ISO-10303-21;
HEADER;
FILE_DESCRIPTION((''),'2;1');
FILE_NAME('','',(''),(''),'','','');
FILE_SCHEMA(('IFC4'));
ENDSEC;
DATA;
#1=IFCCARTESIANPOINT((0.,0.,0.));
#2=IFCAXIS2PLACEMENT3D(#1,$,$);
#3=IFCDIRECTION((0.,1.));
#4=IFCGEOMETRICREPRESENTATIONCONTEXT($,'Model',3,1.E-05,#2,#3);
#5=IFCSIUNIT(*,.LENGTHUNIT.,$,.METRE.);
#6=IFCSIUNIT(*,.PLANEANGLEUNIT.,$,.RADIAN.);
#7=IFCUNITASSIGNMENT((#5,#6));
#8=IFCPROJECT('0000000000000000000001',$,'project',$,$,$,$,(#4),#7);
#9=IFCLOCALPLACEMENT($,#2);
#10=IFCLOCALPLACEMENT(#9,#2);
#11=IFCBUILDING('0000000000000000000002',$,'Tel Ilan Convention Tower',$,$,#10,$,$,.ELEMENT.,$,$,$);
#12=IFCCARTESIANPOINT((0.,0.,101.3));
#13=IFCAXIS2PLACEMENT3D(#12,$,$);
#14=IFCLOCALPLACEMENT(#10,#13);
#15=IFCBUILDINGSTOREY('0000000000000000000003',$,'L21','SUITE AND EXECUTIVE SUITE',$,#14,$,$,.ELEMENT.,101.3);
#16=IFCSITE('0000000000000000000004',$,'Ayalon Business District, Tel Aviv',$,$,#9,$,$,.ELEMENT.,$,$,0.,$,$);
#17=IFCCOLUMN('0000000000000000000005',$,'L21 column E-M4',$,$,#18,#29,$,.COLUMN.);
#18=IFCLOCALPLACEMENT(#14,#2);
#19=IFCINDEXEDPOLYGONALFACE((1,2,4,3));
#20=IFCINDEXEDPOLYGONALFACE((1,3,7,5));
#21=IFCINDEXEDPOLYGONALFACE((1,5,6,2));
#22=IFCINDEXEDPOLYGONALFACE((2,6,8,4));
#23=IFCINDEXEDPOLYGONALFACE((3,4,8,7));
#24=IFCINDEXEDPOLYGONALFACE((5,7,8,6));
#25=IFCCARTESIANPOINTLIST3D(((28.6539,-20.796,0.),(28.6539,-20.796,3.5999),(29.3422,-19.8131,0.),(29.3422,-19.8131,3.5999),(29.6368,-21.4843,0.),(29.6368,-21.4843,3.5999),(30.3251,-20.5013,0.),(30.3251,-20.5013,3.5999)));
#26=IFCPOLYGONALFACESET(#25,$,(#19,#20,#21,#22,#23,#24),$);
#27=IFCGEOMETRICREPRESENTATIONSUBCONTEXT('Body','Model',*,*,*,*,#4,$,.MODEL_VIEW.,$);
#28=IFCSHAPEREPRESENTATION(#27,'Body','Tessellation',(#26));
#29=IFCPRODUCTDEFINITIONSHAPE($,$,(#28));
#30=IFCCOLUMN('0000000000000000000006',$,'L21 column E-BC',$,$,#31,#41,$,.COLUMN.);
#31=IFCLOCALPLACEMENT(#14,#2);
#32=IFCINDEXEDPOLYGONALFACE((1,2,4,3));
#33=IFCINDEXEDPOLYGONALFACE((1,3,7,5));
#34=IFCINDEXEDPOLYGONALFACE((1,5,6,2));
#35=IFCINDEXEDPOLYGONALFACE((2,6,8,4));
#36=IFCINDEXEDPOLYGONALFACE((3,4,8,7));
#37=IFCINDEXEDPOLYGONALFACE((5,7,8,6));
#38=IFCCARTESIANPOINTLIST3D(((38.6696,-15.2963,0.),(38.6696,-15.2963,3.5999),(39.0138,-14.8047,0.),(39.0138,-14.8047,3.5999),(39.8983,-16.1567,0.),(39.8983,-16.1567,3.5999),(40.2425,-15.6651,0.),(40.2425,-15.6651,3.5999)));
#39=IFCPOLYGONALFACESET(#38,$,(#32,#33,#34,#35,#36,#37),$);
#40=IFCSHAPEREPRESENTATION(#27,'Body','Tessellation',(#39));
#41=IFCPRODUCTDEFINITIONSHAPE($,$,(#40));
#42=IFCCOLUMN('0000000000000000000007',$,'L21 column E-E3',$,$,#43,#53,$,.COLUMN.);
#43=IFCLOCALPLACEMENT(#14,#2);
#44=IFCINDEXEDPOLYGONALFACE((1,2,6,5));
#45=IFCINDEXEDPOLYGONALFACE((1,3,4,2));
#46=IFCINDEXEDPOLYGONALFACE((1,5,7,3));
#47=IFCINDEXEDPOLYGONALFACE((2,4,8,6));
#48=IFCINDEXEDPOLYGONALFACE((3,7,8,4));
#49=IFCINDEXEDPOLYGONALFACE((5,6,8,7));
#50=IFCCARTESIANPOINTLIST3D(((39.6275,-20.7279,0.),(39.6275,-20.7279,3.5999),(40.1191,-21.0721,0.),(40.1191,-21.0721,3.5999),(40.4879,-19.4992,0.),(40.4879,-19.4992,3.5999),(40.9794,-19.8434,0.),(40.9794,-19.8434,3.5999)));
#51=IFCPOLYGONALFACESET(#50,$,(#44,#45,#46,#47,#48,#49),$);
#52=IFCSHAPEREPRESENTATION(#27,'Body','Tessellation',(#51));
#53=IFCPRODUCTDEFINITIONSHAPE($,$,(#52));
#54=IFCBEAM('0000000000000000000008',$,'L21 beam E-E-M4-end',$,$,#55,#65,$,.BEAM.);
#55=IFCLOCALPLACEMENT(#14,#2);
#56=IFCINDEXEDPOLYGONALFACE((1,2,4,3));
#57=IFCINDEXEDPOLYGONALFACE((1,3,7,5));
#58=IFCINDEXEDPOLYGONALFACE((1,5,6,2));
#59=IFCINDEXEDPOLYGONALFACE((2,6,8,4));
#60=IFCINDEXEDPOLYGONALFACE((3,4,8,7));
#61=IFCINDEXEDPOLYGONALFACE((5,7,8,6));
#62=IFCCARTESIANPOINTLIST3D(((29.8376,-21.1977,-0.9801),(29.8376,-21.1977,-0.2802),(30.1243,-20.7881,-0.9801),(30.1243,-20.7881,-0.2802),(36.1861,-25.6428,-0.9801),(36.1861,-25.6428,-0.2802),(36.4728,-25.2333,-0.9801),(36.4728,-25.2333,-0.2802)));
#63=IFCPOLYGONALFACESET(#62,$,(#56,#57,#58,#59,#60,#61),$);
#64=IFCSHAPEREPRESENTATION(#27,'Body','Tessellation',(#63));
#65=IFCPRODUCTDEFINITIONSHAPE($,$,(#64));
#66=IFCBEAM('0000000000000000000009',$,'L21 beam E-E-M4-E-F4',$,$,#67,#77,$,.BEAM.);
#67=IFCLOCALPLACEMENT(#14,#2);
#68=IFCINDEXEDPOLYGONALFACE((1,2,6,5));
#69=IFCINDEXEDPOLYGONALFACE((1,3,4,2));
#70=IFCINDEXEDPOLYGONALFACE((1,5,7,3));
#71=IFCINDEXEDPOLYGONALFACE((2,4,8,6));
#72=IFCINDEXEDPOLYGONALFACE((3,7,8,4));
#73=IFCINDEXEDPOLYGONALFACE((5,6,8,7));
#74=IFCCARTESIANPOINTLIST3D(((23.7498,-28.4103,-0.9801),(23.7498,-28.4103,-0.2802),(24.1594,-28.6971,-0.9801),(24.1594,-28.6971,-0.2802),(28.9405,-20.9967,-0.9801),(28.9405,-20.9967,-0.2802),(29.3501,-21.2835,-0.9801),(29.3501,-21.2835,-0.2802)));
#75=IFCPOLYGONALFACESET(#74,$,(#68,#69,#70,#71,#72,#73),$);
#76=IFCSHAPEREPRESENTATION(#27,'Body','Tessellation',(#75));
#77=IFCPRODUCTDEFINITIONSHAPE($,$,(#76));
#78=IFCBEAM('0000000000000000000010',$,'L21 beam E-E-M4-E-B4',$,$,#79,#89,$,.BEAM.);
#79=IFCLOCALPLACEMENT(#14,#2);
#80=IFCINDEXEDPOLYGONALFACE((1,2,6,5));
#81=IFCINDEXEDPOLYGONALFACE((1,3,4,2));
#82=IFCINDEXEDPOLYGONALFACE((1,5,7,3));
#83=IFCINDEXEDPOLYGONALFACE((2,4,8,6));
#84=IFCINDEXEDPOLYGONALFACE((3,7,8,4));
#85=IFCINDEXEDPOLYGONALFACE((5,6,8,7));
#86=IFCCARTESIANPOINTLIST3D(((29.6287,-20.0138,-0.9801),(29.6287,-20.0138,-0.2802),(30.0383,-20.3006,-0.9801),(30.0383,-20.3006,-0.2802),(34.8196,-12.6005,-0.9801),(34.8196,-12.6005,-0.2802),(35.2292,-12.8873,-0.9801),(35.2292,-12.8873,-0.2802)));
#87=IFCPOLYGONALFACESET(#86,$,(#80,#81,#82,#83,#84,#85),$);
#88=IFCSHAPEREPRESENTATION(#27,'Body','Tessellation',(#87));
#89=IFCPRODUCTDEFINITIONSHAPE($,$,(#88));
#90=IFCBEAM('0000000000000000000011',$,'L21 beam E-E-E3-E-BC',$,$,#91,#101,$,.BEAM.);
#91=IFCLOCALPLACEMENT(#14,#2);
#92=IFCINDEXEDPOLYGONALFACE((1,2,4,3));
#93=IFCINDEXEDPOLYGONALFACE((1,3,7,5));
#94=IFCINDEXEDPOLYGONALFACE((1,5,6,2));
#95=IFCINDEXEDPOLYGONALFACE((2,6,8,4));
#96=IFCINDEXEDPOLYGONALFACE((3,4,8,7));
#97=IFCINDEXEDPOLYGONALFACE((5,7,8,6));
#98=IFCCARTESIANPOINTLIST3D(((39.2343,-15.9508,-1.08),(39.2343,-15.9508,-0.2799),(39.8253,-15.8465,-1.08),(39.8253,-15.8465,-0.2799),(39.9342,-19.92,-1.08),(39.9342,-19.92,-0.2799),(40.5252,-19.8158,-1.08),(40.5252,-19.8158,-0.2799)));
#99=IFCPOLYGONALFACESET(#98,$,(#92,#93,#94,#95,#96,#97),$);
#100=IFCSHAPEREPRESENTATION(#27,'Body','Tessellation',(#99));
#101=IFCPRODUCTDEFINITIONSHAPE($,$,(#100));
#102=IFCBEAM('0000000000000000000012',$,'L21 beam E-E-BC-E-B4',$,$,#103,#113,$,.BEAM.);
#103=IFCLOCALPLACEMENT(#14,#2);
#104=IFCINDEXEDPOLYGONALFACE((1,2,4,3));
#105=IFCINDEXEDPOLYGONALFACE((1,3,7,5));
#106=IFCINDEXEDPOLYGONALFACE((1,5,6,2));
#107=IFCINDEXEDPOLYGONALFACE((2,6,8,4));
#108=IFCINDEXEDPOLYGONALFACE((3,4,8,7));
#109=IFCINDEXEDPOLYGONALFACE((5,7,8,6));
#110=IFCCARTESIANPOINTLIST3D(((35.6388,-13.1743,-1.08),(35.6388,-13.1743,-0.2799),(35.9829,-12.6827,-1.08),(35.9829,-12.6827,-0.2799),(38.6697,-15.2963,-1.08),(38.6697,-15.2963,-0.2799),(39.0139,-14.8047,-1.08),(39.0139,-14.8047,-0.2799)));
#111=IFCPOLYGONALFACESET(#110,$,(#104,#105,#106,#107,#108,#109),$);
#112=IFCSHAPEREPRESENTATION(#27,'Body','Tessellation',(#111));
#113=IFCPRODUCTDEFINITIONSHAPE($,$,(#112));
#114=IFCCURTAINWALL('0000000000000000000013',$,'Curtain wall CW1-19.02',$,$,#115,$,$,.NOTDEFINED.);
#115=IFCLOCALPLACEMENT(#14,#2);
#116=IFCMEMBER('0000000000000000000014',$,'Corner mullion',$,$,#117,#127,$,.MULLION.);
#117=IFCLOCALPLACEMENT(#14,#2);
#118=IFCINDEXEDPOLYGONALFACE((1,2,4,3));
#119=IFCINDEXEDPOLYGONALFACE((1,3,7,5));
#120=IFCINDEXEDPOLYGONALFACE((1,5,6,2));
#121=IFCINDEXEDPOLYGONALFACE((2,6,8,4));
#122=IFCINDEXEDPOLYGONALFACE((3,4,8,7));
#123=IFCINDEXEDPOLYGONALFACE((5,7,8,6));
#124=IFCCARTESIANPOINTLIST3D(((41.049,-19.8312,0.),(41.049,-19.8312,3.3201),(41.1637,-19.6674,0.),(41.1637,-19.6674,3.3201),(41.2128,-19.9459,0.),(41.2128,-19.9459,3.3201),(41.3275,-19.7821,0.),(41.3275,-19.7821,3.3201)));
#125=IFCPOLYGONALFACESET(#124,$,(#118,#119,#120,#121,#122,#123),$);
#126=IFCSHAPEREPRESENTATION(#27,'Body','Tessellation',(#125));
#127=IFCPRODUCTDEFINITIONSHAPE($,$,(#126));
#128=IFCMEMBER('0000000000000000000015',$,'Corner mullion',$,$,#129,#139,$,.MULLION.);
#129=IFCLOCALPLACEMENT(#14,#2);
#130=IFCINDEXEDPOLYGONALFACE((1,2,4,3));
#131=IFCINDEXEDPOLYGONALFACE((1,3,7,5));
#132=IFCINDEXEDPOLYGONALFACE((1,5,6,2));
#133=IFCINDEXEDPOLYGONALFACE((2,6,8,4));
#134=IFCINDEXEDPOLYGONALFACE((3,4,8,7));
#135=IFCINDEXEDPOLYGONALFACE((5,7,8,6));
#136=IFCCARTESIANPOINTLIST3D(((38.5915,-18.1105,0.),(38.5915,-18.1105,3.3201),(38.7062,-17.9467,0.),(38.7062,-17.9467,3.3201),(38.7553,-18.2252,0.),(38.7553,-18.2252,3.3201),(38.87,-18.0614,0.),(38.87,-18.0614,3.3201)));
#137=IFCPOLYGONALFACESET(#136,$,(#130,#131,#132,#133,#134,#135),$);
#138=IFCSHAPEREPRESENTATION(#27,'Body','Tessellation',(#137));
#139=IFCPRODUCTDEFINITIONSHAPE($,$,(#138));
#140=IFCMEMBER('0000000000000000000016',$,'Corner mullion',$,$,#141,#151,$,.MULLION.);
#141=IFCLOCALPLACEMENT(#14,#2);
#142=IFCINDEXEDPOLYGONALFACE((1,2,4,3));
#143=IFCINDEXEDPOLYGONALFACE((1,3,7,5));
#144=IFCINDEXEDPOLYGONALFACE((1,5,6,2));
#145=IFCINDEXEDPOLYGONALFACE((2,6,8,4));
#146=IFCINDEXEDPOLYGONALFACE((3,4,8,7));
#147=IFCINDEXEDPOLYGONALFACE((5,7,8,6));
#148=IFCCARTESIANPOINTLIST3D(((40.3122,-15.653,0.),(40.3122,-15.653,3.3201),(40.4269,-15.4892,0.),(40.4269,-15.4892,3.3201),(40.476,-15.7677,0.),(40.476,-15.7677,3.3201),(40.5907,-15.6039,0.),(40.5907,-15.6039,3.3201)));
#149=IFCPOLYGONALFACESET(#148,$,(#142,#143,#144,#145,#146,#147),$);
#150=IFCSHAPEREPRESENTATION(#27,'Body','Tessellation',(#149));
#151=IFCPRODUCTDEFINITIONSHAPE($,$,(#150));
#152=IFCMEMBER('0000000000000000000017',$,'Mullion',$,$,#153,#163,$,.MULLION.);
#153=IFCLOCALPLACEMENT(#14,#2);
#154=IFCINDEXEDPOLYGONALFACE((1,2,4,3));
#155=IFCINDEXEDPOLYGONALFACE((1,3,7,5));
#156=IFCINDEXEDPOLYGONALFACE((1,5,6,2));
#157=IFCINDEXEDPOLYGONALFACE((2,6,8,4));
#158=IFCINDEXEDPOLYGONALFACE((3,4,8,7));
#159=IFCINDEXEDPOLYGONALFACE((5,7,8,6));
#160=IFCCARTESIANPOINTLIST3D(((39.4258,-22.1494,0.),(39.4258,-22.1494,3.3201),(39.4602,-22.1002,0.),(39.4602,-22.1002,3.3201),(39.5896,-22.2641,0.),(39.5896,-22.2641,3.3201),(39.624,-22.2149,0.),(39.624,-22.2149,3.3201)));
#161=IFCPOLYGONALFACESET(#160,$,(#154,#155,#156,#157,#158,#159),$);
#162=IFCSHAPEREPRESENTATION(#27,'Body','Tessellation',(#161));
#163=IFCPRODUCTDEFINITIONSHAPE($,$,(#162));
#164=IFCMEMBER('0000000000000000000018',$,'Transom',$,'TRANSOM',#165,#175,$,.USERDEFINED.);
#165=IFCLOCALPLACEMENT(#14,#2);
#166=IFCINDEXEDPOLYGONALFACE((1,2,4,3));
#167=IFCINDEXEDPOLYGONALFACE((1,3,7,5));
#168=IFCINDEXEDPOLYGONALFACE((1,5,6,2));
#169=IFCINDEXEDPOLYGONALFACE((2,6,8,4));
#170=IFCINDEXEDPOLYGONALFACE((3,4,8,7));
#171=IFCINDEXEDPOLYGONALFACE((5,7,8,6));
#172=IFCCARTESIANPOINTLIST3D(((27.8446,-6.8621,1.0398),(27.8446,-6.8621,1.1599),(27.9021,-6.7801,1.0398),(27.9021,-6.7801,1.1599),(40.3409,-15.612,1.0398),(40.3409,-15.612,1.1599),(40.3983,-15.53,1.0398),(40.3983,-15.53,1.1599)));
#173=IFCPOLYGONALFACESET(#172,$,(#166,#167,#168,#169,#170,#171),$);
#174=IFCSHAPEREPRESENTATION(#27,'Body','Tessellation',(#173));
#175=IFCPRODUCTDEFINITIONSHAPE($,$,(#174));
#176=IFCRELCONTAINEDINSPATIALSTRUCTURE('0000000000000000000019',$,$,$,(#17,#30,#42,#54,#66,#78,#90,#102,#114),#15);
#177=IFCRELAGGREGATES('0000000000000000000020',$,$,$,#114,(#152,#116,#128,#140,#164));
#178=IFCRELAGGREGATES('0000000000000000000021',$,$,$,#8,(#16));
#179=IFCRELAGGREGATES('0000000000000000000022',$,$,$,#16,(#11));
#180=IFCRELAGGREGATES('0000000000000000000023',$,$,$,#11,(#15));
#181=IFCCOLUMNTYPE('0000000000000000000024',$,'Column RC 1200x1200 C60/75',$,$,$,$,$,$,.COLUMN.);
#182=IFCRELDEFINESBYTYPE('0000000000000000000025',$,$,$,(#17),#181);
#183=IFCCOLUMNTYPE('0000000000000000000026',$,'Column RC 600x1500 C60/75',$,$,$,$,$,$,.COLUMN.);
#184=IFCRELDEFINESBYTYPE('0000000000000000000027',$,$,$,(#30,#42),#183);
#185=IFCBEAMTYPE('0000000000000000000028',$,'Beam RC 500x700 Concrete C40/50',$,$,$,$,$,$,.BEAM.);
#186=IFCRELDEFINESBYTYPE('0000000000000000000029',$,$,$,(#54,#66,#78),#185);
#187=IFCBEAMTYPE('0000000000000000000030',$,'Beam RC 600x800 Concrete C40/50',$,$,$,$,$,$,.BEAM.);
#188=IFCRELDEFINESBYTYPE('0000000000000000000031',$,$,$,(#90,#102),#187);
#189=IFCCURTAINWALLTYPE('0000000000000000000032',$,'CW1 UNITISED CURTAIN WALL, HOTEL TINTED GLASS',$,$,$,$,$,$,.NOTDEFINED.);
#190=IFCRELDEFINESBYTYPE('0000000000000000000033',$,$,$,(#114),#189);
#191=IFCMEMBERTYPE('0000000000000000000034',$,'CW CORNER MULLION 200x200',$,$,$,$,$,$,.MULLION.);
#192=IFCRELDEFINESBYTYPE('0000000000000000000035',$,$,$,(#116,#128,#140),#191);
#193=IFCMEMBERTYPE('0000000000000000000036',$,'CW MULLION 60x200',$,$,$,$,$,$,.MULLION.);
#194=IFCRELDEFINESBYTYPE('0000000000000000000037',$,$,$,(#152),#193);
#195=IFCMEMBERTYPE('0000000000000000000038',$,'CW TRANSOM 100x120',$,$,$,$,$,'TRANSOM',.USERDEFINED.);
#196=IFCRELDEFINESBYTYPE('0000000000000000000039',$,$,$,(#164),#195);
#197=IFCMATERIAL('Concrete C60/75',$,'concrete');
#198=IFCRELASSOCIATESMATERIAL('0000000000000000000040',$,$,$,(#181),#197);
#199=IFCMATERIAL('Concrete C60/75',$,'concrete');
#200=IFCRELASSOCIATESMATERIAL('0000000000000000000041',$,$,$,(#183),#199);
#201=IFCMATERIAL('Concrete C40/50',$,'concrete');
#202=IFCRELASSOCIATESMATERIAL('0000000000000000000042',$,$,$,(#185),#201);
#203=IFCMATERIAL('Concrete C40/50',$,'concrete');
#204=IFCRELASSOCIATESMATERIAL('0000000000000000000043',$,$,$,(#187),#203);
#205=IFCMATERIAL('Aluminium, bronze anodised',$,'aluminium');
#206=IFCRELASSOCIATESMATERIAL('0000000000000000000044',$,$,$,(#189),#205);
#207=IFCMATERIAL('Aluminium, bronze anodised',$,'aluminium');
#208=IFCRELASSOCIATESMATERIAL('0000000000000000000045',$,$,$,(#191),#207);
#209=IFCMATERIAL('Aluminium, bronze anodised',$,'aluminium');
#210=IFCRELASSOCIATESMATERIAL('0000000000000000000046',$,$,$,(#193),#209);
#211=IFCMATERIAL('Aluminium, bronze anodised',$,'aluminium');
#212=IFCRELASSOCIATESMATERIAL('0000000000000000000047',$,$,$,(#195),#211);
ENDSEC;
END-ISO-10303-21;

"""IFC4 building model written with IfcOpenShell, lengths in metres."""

from ifc_helpers import new_model, si_unit, direction, frame, origin, origin_2d, place, context, subcontext, project, spatial, rectangle, extrude, material, material_profile, profile_set, type_object, element, aggregate, save


model = new_model("IFC4")

# Units and contexts
model_context = context("Model", 3, precision=1e-05, world=origin(), true_north=direction((0.0, 1.0)))
body_context = subcontext(model_context, "Body", "Model", "MODEL_VIEW")
ifc_project = project(units=[si_unit("LENGTHUNIT", "METRE"), si_unit("PLANEANGLEUNIT", "RADIAN")], contexts=[model_context])

# Site, building, storey
site_placement = place(None, origin())
site = spatial("IfcSite", under=ifc_project, at=site_placement, Name="Ayalon Business District, Tel Aviv", CompositionType="ELEMENT", RefElevation=0.0)
building_placement = place(site_placement, origin())
building = spatial("IfcBuilding", under=site, at=building_placement, Name="Tel Ilan Convention Tower", CompositionType="ELEMENT")
storey_placement = place(building_placement, frame((0.0, 0.0, 101.3)))
storey = spatial("IfcBuildingStorey", under=building, at=storey_placement, Name="L21", Description="SUITE AND EXECUTIVE SUITE", CompositionType="ELEMENT", Elevation=101.3)

# Columns
ifc_material_1 = material(Name="Concrete C60/75", Category="concrete")
ifc_material_profile_1 = material_profile(ifc_material_1, rectangle(XDim=1.2, YDim=1.2, at=origin_2d()), Name="RC 1200x1200")
ifc_profile_set_1 = profile_set([ifc_material_profile_1], Name="Concrete C60/75")
column_type_1 = type_object("IfcColumnType", Name="Column RC 1200x1200 C60/75", PredefinedType="COLUMN", material=ifc_profile_set_1)
column_placement = place(storey_placement, frame((29.4895, -20.6487, 0.0), z_axis=(0.0, 0.0, 1.0), x_axis=(0.819152, -0.573576, 0.0)))
element("IfcColumn", 1, at=column_placement, inside=storey, type_object=column_type_1, Name="L21 column E-M4", PredefinedType="COLUMN", context=body_context, shape_type="SweptSolid", body=[
    extrude(rectangle(XDim=1.2, YDim=1.2, at=origin_2d()), origin(), (0.0, 0.0, 1.0), 3.5999),
])
ifc_material_2 = material(Name="Concrete C60/75", Category="concrete")
ifc_material_profile_2 = material_profile(ifc_material_2, rectangle(XDim=1.5, YDim=0.6001, at=origin_2d()), Name="RC 600x1500")
ifc_profile_set_2 = profile_set([ifc_material_profile_2], Name="Concrete C60/75")
column_type_2 = type_object("IfcColumnType", Name="Column RC 600x1500 C60/75", PredefinedType="COLUMN", material=ifc_profile_set_2)
for number, where, z_axis, x_axis, name in (
    (2, (39.4561, -15.4807, 0.0), (0.0, 0.0, 1.0), (0.819152, -0.573576, 0.0), "L21 column E-BC"),
    (3, (40.3035, -20.2856, 0.0), (0.0, 0.0, 1.0), (0.573576, 0.819152, 0.0), "L21 column E-E3"),
):
    element("IfcColumn", number, at=place(storey_placement, frame(where, z_axis=z_axis, x_axis=x_axis)), inside=storey, type_object=column_type_2, Name=name, PredefinedType="COLUMN", context=body_context, shape_type="SweptSolid", body=[
        extrude(rectangle(XDim=1.5, YDim=0.6001, at=origin_2d()), origin(), (0.0, 0.0, 1.0), 3.5999),
    ])

# Beams
ifc_material_3 = material(Name="Concrete C40/50", Category="concrete")
ifc_material_profile_3 = material_profile(ifc_material_3, rectangle(XDim=0.5, YDim=0.7, at=origin_2d()), Name="RC 500x700")
ifc_profile_set_3 = profile_set([ifc_material_profile_3], Name="Concrete C40/50")
beam_type_1 = type_object("IfcBeamType", Name="Beam RC 500x700 Concrete C40/50", PredefinedType="BEAM", material=ifc_profile_set_3)
beam_1_placement = place(storey_placement, frame((29.981, -20.9929, -0.6301), z_axis=(0.819159, -0.573566, 0.0), x_axis=(0.573566, 0.819159, 0.0)))
element("IfcBeam", 4, at=beam_1_placement, inside=storey, type_object=beam_type_1, Name="L21 beam E-E-M4-end", PredefinedType="BEAM", context=body_context, shape_type="SweptSolid", body=[
    extrude(rectangle(XDim=0.5, YDim=0.7, at=origin_2d()), origin(), (0.0, 0.0, 1.0), 7.75),
])
for number, where, z_axis, x_axis, name in (
    (5, (29.1453, -21.1401, -0.6301), (-0.573549, -0.819171, 0.0), (0.819171, -0.573549, 0.0), "L21 beam E-E-M4-E-F4"),
    (6, (29.8335, -20.1572, -0.6301), (0.57358, 0.81915, 0.0), (-0.81915, 0.57358, 0.0), "L21 beam E-E-M4-E-B4"),
):
    element("IfcBeam", number, at=place(storey_placement, frame(where, z_axis=z_axis, x_axis=x_axis)), inside=storey, type_object=beam_type_1, Name=name, PredefinedType="BEAM", context=body_context, shape_type="SweptSolid", body=[
        extrude(rectangle(XDim=0.5, YDim=0.7, at=origin_2d()), origin(), (0.0, 0.0, 1.0), 9.05),
    ])
ifc_material_4 = material(Name="Concrete C40/50", Category="concrete")
ifc_material_profile_4 = material_profile(ifc_material_4, rectangle(XDim=0.6001, YDim=0.8, at=origin_2d()), Name="RC 600x800")
ifc_profile_set_4 = profile_set([ifc_material_profile_4], Name="Concrete C40/50")
beam_type_2 = type_object("IfcBeamType", Name="Beam RC 600x800 Concrete C40/50", PredefinedType="BEAM", material=ifc_profile_set_4)
beam_2_placement = place(storey_placement, frame((40.2297, -19.8679, -0.6799), z_axis=(-0.173664, 0.984805, 0.0), x_axis=(-0.984805, -0.173664, 0.0)))
element("IfcBeam", 7, at=beam_2_placement, inside=storey, type_object=beam_type_2, Name="L21 beam E-E-E3-E-BC", PredefinedType="BEAM", context=body_context, shape_type="SweptSolid", body=[
    extrude(rectangle(XDim=0.6001, YDim=0.8, at=origin_2d()), origin(), (0.0, 0.0, 1.0), 4.0305),
])
beam_3_placement = place(storey_placement, frame((38.8418, -15.0505, -0.6799), z_axis=(-0.819185, 0.573529, 0.0), x_axis=(-0.573529, -0.819185, 0.0)))
element("IfcBeam", 8, at=beam_3_placement, inside=storey, type_object=beam_type_2, Name="L21 beam E-E-BC-E-B4", PredefinedType="BEAM", context=body_context, shape_type="SweptSolid", body=[
    extrude(rectangle(XDim=0.6001, YDim=0.8, at=origin_2d()), origin(), (0.0, 0.0, 1.0), 3.7),
])

# Curtain wall, members
ifc_material_5 = material(Name="Aluminium, bronze anodised", Category="aluminium")
curtain_wall_type = type_object("IfcCurtainWallType", Name="CW1 UNITISED CURTAIN WALL, HOTEL TINTED GLASS", PredefinedType="NOTDEFINED", material=ifc_material_5)
curtain_wall_placement = place(storey_placement, origin())
curtain_wall = element("IfcCurtainWall", 9, at=curtain_wall_placement, inside=storey, type_object=curtain_wall_type, Name="Curtain wall CW1-19.02", PredefinedType="NOTDEFINED")
ifc_material_6 = material(Name="Aluminium, bronze anodised", Category="aluminium")
ifc_material_profile_5 = material_profile(ifc_material_6, rectangle(XDim=0.2, YDim=0.2, at=origin_2d()), Name="CW CORNER MULLION 200x200")
ifc_profile_set_5 = profile_set([ifc_material_profile_5], Name="Aluminium, bronze anodised")
member_type_1 = type_object("IfcMemberType", Name="CW CORNER MULLION 200x200", PredefinedType="MULLION", material=ifc_profile_set_5)
member_1_placement = place(storey_placement, frame((41.1882, -19.8066, 0.0), z_axis=(0.0, 0.0, 1.0), x_axis=(0.573576, 0.819152, 0.0)))
member_1 = element("IfcMember", 10, at=member_1_placement, type_object=member_type_1, Name="Corner mullion", PredefinedType="MULLION", context=body_context, shape_type="SweptSolid", body=[
    extrude(rectangle(XDim=0.2, YDim=0.2, at=origin_2d()), origin(), (0.0, 0.0, 1.0), 3.3201),
])
member_2_placement = place(storey_placement, frame((38.7307, -18.0859, 0.0), z_axis=(0.0, 0.0, 1.0), x_axis=(-0.819152, 0.573576, 0.0)))
member_2 = element("IfcMember", 11, at=member_2_placement, type_object=member_type_1, Name="Corner mullion", PredefinedType="MULLION", context=body_context, shape_type="SweptSolid", body=[
    extrude(rectangle(XDim=0.2, YDim=0.2, at=origin_2d()), origin(), (0.0, 0.0, 1.0), 3.3201),
])
member_3_placement = place(storey_placement, frame((40.4514, -15.6284, 0.0), z_axis=(0.0, 0.0, 1.0), x_axis=(0.573576, 0.819152, 0.0)))
member_3 = element("IfcMember", 12, at=member_3_placement, type_object=member_type_1, Name="Corner mullion", PredefinedType="MULLION", context=body_context, shape_type="SweptSolid", body=[
    extrude(rectangle(XDim=0.2, YDim=0.2, at=origin_2d()), origin(), (0.0, 0.0, 1.0), 3.3201),
])
ifc_material_7 = material(Name="Aluminium, bronze anodised", Category="aluminium")
ifc_material_profile_6 = material_profile(ifc_material_7, rectangle(XDim=0.0601, YDim=0.2, at=origin_2d()), Name="CW MULLION 60x200")
ifc_profile_set_6 = profile_set([ifc_material_profile_6], Name="Aluminium, bronze anodised")
member_type_2 = type_object("IfcMemberType", Name="CW MULLION 60x200", PredefinedType="MULLION", material=ifc_profile_set_6)
member_4_placement = place(storey_placement, frame((39.5249, -22.1821, 0.0), z_axis=(0.0, 0.0, 1.0), x_axis=(0.573576, 0.819152, 0.0)))
member_4 = element("IfcMember", 13, at=member_4_placement, type_object=member_type_2, Name="Mullion", PredefinedType="MULLION", context=body_context, shape_type="SweptSolid", body=[
    extrude(rectangle(XDim=0.0601, YDim=0.2, at=origin_2d()), origin(), (0.0, 0.0, 1.0), 3.3201),
])
ifc_material_8 = material(Name="Aluminium, bronze anodised", Category="aluminium")
ifc_material_profile_7 = material_profile(ifc_material_8, rectangle(XDim=0.1001, YDim=0.1201, at=origin_2d()), Name="CW TRANSOM 100x120")
ifc_profile_set_7 = profile_set([ifc_material_profile_7], Name="Aluminium, bronze anodised")
member_type_3 = type_object("IfcMemberType", Name="CW TRANSOM 100x120", ElementType="TRANSOM", PredefinedType="USERDEFINED", material=ifc_profile_set_7)
member_5_placement = place(storey_placement, frame((40.3696, -15.571, 1.0999), z_axis=(-0.819153, 0.573575, 0.0), x_axis=(-0.573575, -0.819153, 0.0)))
member_5 = element("IfcMember", 14, at=member_5_placement, type_object=member_type_3, Name="Transom", ObjectType="TRANSOM", PredefinedType="USERDEFINED", context=body_context, shape_type="SweptSolid", body=[
    extrude(rectangle(XDim=0.1001, YDim=0.1201, at=origin_2d()), origin(), (0.0, 0.0, 1.0), 15.2551),
])
aggregate(curtain_wall, [member_4, member_1, member_2, member_3, member_5])

save(model, "model.ifc")
